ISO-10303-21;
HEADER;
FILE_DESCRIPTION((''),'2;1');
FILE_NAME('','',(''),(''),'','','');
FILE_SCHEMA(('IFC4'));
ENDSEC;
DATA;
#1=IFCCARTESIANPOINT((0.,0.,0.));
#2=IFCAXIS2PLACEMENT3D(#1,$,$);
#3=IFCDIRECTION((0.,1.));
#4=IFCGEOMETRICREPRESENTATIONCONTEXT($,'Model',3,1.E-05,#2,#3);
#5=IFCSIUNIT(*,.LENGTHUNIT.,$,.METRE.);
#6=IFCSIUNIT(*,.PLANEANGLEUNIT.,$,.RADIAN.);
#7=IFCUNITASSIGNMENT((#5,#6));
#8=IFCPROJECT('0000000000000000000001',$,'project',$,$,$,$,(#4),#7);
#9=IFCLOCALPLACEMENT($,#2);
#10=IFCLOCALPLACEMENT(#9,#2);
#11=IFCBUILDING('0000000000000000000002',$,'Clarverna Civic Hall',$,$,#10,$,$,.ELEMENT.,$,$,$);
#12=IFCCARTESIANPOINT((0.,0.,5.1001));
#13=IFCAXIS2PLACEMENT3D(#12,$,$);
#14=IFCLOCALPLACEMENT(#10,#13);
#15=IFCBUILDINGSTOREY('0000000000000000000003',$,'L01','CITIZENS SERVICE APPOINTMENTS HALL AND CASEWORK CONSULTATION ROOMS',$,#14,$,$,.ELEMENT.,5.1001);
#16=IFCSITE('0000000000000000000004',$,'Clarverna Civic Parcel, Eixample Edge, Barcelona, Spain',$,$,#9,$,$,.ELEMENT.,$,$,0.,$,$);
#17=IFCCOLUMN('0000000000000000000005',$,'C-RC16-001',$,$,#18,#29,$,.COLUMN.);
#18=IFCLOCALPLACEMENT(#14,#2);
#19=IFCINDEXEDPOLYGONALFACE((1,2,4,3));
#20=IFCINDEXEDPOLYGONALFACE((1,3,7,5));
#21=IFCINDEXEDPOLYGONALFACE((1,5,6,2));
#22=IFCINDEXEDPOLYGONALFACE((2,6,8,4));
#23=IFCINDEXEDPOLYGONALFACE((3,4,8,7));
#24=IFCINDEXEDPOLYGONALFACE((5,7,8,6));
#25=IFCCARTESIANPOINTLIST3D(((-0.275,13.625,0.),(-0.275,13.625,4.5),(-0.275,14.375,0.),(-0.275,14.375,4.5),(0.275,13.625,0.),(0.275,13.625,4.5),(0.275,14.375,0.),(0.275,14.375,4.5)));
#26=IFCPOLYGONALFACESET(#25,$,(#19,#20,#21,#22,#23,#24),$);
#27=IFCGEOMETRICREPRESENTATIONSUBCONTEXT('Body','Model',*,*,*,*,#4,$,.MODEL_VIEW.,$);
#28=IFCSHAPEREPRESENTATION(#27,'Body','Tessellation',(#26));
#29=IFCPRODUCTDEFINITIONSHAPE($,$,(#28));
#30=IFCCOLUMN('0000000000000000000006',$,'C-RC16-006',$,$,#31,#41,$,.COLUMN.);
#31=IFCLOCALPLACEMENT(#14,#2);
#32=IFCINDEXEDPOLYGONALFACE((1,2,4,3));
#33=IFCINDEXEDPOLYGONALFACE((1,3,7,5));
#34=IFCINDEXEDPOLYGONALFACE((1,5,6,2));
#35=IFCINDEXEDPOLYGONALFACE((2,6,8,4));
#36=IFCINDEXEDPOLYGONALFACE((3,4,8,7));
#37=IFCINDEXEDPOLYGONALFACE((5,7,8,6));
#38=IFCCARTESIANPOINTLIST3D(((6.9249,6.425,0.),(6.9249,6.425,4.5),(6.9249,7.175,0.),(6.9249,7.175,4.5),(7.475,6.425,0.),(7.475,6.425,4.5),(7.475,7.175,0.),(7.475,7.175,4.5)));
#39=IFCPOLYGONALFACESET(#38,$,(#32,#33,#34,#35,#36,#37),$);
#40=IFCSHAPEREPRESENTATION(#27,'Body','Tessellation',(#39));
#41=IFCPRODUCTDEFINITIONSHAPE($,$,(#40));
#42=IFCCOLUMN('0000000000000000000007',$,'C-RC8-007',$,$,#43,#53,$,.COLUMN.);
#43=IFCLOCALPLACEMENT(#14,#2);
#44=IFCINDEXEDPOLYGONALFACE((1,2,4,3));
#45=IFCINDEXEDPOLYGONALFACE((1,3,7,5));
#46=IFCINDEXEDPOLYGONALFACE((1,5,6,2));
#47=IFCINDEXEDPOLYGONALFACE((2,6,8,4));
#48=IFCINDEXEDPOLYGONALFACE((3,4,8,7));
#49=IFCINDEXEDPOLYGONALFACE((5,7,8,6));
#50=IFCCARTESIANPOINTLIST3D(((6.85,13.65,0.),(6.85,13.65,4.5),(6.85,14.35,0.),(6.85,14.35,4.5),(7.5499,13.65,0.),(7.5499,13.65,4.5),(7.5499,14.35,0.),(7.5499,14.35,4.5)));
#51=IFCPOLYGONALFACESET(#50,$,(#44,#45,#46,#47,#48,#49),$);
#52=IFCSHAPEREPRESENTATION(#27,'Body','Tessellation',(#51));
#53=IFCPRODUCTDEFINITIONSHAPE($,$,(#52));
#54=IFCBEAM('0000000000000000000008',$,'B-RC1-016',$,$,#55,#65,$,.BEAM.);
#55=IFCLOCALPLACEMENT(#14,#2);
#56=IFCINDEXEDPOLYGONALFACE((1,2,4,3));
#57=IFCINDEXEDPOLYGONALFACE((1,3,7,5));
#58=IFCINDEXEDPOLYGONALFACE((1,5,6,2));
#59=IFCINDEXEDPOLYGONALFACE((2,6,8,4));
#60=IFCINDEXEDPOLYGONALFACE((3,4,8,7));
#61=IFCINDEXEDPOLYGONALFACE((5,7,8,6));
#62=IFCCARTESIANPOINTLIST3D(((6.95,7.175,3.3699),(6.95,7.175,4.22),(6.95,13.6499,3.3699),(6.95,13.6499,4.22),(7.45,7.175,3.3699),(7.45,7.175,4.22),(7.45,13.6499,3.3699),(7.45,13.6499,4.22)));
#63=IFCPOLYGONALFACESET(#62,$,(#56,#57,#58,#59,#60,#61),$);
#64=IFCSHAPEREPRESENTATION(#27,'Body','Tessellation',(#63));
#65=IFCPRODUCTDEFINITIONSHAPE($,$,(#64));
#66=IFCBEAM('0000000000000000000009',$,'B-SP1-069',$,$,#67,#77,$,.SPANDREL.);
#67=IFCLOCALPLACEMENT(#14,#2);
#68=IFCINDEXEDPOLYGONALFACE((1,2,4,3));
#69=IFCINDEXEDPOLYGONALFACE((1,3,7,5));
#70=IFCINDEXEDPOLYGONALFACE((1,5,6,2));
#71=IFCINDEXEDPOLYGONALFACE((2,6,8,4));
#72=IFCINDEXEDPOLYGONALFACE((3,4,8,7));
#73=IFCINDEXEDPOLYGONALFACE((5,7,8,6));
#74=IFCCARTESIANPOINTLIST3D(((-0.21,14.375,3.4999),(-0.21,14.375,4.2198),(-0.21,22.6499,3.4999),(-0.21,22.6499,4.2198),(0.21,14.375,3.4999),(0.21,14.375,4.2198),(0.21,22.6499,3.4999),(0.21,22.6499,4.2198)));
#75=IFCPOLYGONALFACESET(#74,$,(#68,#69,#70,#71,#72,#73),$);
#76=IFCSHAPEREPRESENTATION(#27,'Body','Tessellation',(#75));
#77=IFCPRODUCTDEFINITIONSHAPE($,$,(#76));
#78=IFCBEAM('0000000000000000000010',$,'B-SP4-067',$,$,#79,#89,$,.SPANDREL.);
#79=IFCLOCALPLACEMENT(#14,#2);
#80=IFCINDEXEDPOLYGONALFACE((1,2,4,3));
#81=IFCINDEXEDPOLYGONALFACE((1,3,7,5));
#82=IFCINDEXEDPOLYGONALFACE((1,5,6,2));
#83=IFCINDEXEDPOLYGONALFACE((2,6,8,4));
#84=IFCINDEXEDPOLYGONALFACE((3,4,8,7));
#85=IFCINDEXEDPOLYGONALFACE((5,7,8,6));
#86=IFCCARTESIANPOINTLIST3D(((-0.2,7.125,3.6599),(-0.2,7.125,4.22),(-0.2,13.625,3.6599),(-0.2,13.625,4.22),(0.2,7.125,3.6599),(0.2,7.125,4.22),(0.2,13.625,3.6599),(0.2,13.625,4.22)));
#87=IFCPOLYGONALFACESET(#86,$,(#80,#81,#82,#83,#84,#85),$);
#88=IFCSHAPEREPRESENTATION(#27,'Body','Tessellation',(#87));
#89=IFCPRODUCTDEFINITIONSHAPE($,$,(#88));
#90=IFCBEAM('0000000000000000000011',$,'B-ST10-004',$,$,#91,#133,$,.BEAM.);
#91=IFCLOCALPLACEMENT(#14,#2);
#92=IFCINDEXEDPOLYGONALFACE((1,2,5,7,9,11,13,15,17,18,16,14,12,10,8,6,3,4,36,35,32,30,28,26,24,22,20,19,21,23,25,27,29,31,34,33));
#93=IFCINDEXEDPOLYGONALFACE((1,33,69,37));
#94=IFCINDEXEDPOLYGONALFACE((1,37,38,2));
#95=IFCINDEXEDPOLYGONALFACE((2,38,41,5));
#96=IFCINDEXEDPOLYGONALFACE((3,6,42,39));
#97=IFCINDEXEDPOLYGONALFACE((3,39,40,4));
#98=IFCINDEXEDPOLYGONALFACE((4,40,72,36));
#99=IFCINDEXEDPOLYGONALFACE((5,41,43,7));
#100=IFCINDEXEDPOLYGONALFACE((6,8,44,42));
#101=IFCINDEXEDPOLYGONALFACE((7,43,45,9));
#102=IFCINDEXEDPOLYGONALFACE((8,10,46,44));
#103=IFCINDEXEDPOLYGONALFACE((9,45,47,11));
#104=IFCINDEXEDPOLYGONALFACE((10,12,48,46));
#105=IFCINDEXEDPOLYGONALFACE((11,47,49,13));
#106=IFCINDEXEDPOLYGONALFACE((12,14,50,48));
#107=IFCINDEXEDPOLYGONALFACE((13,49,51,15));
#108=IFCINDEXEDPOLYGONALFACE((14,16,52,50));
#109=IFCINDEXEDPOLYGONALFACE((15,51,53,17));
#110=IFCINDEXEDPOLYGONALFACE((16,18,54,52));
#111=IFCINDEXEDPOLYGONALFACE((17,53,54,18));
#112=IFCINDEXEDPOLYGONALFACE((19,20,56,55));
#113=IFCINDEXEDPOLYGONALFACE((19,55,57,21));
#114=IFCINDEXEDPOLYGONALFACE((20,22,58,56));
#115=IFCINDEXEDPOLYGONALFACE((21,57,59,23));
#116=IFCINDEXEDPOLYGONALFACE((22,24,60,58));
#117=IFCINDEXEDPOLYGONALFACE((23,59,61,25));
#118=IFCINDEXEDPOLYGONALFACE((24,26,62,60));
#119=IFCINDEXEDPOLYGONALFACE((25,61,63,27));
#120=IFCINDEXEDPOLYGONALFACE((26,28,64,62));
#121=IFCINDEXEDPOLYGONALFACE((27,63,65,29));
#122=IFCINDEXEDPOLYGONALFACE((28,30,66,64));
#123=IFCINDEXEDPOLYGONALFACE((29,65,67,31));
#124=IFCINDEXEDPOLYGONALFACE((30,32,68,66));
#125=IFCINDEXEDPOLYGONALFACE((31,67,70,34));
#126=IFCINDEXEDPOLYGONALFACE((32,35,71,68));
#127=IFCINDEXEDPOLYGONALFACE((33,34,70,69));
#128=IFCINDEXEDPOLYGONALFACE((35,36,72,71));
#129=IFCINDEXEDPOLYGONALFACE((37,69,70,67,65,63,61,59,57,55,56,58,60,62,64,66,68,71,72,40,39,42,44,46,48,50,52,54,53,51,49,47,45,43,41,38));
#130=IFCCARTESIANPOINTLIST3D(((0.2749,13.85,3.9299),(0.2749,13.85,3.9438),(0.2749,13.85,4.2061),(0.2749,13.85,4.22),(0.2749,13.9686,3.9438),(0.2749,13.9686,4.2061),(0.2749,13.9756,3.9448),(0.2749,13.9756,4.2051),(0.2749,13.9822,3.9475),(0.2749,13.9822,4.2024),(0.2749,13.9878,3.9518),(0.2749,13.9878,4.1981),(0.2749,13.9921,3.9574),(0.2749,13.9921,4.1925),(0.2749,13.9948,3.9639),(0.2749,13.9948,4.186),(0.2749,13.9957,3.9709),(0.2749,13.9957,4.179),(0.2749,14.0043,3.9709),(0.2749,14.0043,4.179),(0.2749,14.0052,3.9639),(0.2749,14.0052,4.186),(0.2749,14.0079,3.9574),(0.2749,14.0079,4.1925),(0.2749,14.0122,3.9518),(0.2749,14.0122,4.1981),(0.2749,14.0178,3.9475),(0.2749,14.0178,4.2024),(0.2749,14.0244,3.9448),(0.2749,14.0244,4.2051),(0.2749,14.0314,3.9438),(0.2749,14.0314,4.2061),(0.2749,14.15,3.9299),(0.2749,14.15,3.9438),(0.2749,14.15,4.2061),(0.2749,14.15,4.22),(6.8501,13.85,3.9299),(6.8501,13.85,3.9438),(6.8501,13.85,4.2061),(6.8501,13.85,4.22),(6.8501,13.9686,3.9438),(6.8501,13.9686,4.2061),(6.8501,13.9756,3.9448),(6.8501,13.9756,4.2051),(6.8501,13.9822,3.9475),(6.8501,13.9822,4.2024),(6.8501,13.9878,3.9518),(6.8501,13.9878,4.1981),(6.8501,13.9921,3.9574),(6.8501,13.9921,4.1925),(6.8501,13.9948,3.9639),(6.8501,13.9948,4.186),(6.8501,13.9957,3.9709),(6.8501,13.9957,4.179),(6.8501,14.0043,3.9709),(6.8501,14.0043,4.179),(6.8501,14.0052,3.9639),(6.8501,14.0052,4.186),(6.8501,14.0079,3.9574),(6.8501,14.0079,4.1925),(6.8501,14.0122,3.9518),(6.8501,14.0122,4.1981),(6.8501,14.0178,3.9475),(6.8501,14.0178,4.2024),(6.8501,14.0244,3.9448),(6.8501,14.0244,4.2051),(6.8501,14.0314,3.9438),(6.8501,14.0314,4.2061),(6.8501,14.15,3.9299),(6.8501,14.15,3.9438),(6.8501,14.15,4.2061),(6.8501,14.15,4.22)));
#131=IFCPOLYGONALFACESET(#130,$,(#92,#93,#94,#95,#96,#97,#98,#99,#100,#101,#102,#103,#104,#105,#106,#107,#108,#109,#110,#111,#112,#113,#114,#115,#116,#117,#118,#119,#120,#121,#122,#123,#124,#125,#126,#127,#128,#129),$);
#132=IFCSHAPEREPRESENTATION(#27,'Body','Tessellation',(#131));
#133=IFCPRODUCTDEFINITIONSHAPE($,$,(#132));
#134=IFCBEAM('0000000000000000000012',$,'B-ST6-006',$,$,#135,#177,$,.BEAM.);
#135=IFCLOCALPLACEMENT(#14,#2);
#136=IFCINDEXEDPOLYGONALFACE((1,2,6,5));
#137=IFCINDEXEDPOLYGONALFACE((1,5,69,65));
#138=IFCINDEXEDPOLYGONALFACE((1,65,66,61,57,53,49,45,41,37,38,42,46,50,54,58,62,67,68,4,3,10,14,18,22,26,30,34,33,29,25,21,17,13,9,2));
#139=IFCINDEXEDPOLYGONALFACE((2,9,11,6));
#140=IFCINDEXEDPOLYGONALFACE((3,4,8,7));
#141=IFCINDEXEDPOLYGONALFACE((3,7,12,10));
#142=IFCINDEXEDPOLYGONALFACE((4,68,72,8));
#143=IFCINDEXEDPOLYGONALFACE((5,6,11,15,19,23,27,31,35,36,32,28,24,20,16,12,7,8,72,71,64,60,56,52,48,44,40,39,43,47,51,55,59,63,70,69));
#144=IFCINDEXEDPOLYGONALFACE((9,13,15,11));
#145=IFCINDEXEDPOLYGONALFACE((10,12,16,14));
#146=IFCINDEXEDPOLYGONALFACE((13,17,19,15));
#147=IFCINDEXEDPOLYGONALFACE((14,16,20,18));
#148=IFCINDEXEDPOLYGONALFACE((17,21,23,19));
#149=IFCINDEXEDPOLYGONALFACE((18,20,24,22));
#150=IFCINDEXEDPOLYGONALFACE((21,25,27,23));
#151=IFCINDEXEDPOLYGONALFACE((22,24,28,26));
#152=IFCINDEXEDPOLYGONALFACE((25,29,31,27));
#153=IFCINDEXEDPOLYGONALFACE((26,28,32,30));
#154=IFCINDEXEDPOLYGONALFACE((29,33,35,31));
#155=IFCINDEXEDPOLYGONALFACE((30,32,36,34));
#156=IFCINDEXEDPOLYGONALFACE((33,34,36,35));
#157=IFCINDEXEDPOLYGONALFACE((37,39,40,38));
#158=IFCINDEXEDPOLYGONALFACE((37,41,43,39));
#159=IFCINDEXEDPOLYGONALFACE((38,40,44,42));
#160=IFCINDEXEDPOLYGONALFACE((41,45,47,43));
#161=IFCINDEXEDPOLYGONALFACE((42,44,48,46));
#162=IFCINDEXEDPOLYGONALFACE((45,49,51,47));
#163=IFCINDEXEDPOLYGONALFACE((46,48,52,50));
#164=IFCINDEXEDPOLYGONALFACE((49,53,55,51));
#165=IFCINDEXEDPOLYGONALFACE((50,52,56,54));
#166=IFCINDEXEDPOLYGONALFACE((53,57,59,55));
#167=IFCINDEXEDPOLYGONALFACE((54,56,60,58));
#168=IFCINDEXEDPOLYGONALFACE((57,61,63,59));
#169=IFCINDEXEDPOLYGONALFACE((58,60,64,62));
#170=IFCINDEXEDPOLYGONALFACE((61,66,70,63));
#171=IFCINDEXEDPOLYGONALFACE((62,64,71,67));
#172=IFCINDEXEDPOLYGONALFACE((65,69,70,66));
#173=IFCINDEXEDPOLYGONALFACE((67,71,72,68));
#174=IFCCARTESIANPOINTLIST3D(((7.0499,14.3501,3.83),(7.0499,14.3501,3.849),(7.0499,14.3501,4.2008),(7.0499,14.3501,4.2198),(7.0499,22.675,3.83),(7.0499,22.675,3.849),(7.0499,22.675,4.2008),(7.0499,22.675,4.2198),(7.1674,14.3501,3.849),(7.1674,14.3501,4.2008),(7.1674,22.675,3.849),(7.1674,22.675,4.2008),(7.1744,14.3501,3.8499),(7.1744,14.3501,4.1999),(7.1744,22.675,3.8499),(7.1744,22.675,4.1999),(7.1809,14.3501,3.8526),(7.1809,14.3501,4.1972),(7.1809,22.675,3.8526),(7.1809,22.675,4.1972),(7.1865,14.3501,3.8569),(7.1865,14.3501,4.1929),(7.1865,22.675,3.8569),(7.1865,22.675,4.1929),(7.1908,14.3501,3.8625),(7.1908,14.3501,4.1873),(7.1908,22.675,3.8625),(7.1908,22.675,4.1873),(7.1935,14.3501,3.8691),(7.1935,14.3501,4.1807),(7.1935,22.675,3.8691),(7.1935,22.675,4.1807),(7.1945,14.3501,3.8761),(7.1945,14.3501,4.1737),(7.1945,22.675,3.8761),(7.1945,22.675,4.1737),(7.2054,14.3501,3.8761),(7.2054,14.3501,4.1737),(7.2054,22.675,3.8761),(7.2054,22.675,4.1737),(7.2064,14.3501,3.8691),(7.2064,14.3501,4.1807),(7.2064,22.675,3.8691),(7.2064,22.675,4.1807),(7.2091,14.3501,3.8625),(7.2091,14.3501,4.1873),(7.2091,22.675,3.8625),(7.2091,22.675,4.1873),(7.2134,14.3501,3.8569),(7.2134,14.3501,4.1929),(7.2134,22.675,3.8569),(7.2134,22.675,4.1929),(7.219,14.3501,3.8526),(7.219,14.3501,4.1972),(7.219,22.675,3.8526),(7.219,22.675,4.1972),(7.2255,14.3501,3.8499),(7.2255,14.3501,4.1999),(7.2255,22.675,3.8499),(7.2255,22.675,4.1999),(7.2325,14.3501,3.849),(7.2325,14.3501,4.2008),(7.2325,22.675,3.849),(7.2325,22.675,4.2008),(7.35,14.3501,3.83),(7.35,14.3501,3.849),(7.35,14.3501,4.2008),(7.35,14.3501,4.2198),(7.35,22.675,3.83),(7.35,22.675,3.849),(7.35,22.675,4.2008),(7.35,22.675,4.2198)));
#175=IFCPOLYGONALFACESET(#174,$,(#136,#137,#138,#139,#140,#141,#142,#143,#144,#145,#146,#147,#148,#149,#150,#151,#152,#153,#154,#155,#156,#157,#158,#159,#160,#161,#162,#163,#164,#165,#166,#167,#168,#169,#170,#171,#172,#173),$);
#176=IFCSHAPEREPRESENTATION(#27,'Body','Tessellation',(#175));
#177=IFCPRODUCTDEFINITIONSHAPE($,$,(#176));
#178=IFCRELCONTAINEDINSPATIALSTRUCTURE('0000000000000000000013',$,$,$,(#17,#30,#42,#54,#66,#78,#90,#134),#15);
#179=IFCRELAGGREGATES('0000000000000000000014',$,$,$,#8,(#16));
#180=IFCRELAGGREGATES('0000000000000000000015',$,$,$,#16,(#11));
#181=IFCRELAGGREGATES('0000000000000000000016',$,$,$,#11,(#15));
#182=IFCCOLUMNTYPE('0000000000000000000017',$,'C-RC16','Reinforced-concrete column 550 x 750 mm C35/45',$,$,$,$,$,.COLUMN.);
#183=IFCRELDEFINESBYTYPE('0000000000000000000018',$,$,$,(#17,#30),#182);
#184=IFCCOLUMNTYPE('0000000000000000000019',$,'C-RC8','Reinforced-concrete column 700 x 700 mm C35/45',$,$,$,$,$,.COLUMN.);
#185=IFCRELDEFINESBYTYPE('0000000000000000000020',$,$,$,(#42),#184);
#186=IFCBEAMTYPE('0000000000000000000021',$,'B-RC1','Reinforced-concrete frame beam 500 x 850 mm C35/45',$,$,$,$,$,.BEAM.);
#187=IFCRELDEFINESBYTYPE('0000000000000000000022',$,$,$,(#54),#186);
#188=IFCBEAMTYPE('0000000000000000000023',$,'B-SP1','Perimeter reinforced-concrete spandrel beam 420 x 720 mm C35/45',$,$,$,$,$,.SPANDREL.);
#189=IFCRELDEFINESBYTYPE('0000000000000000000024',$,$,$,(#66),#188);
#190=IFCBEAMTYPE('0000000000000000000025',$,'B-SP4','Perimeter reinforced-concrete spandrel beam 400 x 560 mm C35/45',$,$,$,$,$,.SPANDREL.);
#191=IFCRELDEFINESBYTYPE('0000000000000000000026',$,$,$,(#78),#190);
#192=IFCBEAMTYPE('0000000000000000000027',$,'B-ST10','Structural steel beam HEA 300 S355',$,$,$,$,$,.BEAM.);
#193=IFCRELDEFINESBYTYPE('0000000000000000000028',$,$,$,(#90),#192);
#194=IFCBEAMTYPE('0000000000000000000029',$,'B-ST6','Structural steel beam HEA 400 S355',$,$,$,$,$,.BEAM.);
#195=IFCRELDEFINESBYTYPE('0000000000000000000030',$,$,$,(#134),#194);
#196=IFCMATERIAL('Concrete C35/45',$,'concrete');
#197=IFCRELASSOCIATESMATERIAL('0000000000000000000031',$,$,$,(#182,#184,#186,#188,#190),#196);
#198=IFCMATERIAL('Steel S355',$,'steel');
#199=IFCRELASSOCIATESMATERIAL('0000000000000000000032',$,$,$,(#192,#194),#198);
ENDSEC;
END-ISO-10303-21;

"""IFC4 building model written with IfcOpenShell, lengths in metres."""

from ifc_helpers import new_model, si_unit, direction, frame, origin, origin_2d, place, context, subcontext, project, spatial, rectangle, i_section, extrude, material, material_profile, profile_set, type_object, element, save


model = new_model("IFC4")

# Units and contexts
model_context = context("Model", 3, precision=1e-05, world=origin(), true_north=direction((0.0, 1.0)))
body_context = subcontext(model_context, "Body", "Model", "MODEL_VIEW")
ifc_project = project(units=[si_unit("LENGTHUNIT", "METRE"), si_unit("PLANEANGLEUNIT", "RADIAN")], contexts=[model_context])

# Site, building, storey
site_placement = place(None, origin())
site = spatial("IfcSite", under=ifc_project, at=site_placement, Name="Clarverna Civic Parcel, Eixample Edge, Barcelona, Spain", CompositionType="ELEMENT", RefElevation=0.0)
building_placement = place(site_placement, origin())
building = spatial("IfcBuilding", under=site, at=building_placement, Name="Clarverna Civic Hall", CompositionType="ELEMENT")
storey_placement = place(building_placement, frame((0.0, 0.0, 5.1001)))
storey = spatial("IfcBuildingStorey", under=building, at=storey_placement, Name="L01", Description="CITIZENS SERVICE APPOINTMENTS HALL AND CASEWORK CONSULTATION ROOMS", CompositionType="ELEMENT", Elevation=5.1001)

# Columns
ifc_material_1 = material(Name="Concrete C35/45", Category="concrete")
ifc_material_profile_1 = material_profile(ifc_material_1, rectangle(XDim=0.55, YDim=0.75, at=origin_2d()), Name="RC 550x750")
ifc_profile_set_1 = profile_set([ifc_material_profile_1], Name="Concrete C35/45")
column_type_1 = type_object("IfcColumnType", Name="C-RC16", Description="Reinforced-concrete column 550 x 750 mm C35/45", PredefinedType="COLUMN", material=ifc_profile_set_1)
for number, where, z_axis, x_axis, name in (
    (1, (0.0, 14.0, 0.0), (0.0, 0.0, 1.0), (1.0, 0.0, 0.0), "C-RC16-001"),
    (2, (7.2, 6.8, 0.0), (0.0, 0.0, 1.0), (1.0, 0.0, 0.0), "C-RC16-006"),
):
    element("IfcColumn", number, at=place(storey_placement, frame(where, z_axis=z_axis, x_axis=x_axis)), inside=storey, type_object=column_type_1, Name=name, PredefinedType="COLUMN", context=body_context, shape_type="SweptSolid", body=[
        extrude(rectangle(XDim=0.55, YDim=0.75, at=origin_2d()), origin(), (0.0, 0.0, 1.0), 4.5),
    ])
ifc_material_profile_2 = material_profile(ifc_material_1, rectangle(XDim=0.7, YDim=0.7, at=origin_2d()), Name="RC 700x700")
ifc_profile_set_2 = profile_set([ifc_material_profile_2], Name="Concrete C35/45")
column_type_2 = type_object("IfcColumnType", Name="C-RC8", Description="Reinforced-concrete column 700 x 700 mm C35/45", PredefinedType="COLUMN", material=ifc_profile_set_2)
column_placement = place(storey_placement, frame((7.2, 14.0, 0.0), z_axis=(0.0, 0.0, 1.0), x_axis=(1.0, 0.0, 0.0)))
element("IfcColumn", 3, at=column_placement, inside=storey, type_object=column_type_2, Name="C-RC8-007", PredefinedType="COLUMN", context=body_context, shape_type="SweptSolid", body=[
    extrude(rectangle(XDim=0.7, YDim=0.7, at=origin_2d()), origin(), (0.0, 0.0, 1.0), 4.5),
])

# Beams
ifc_material_profile_3 = material_profile(ifc_material_1, rectangle(XDim=0.5, YDim=0.8501, at=origin_2d()), Name="RC 500x850")
ifc_profile_set_3 = profile_set([ifc_material_profile_3], Name="Concrete C35/45")
beam_type_1 = type_object("IfcBeamType", Name="B-RC1", Description="Reinforced-concrete frame beam 500 x 850 mm C35/45", PredefinedType="BEAM", material=ifc_profile_set_3)
beam_1_placement = place(storey_placement, frame((7.2, 7.175, 3.7949), z_axis=(0.0, 1.0, 0.0), x_axis=(-1.0, 0.0, 0.0)))
element("IfcBeam", 4, at=beam_1_placement, inside=storey, type_object=beam_type_1, Name="B-RC1-016", PredefinedType="BEAM", context=body_context, shape_type="SweptSolid", body=[
    extrude(rectangle(XDim=0.5, YDim=0.8501, at=origin_2d()), origin(), (0.0, 0.0, 1.0), 6.4749),
])
ifc_material_profile_4 = material_profile(ifc_material_1, rectangle(XDim=0.4199, YDim=0.72, at=origin_2d()), Name="RC 420x720")
ifc_profile_set_4 = profile_set([ifc_material_profile_4], Name="Concrete C35/45")
beam_type_2 = type_object("IfcBeamType", Name="B-SP1", Description="Perimeter reinforced-concrete spandrel beam 420 x 720 mm C35/45", PredefinedType="SPANDREL", material=ifc_profile_set_4)
beam_2_placement = place(storey_placement, frame((0.0, 14.375, 3.8599), z_axis=(0.0, 1.0, 0.0), x_axis=(-1.0, 0.0, 0.0)))
element("IfcBeam", 5, at=beam_2_placement, inside=storey, type_object=beam_type_2, Name="B-SP1-069", PredefinedType="SPANDREL", context=body_context, shape_type="SweptSolid", body=[
    extrude(rectangle(XDim=0.4199, YDim=0.72, at=origin_2d()), origin(), (0.0, 0.0, 1.0), 8.2749),
])
ifc_material_profile_5 = material_profile(ifc_material_1, rectangle(XDim=0.3999, YDim=0.5601, at=origin_2d()), Name="RC 400x560")
ifc_profile_set_5 = profile_set([ifc_material_profile_5], Name="Concrete C35/45")
beam_type_3 = type_object("IfcBeamType", Name="B-SP4", Description="Perimeter reinforced-concrete spandrel beam 400 x 560 mm C35/45", PredefinedType="SPANDREL", material=ifc_profile_set_5)
beam_3_placement = place(storey_placement, frame((0.0, 7.125, 3.9399), z_axis=(0.0, 1.0, 0.0), x_axis=(-1.0, 0.0, 0.0)))
element("IfcBeam", 6, at=beam_3_placement, inside=storey, type_object=beam_type_3, Name="B-SP4-067", PredefinedType="SPANDREL", context=body_context, shape_type="SweptSolid", body=[
    extrude(rectangle(XDim=0.3999, YDim=0.5601, at=origin_2d()), origin(), (0.0, 0.0, 1.0), 6.5),
])
ifc_material_2 = material(Name="Steel S355", Category="steel")
ifc_material_profile_6 = material_profile(ifc_material_2, i_section(OverallWidth=0.3, OverallDepth=0.29, WebThickness=0.0085, FlangeThickness=0.0139, FilletRadius=0.0271, at=origin_2d()), Name="HEA 300")
ifc_profile_set_6 = profile_set([ifc_material_profile_6], Name="Steel S355")
beam_type_4 = type_object("IfcBeamType", Name="B-ST10", Description="Structural steel beam HEA 300 S355", PredefinedType="BEAM", material=ifc_profile_set_6)
beam_4_placement = place(storey_placement, frame((0.2749, 14.0, 4.075), z_axis=(1.0, 0.0, 0.0), x_axis=(0.0, 1.0, 0.0)))
element("IfcBeam", 7, at=beam_4_placement, inside=storey, type_object=beam_type_4, Name="B-ST10-004", PredefinedType="BEAM", context=body_context, shape_type="SweptSolid", body=[
    extrude(i_section(OverallWidth=0.3, OverallDepth=0.29, WebThickness=0.0085, FlangeThickness=0.0139, FilletRadius=0.0271, at=origin_2d()), origin(), (0.0, 0.0, 1.0), 6.5752),
])
ifc_material_profile_7 = material_profile(ifc_material_2, i_section(OverallWidth=0.3, OverallDepth=0.3899, WebThickness=0.011, FlangeThickness=0.019, FilletRadius=0.0271, at=origin_2d()), Name="HEA 400")
ifc_profile_set_7 = profile_set([ifc_material_profile_7], Name="Steel S355")
beam_type_5 = type_object("IfcBeamType", Name="B-ST6", Description="Structural steel beam HEA 400 S355", PredefinedType="BEAM", material=ifc_profile_set_7)
beam_5_placement = place(storey_placement, frame((7.2, 14.3501, 4.0249), z_axis=(0.0, 1.0, 0.0), x_axis=(-1.0, 0.0, 0.0)))
element("IfcBeam", 8, at=beam_5_placement, inside=storey, type_object=beam_type_5, Name="B-ST6-006", PredefinedType="BEAM", context=body_context, shape_type="SweptSolid", body=[
    extrude(i_section(OverallWidth=0.3, OverallDepth=0.3899, WebThickness=0.011, FlangeThickness=0.019, FilletRadius=0.0271, at=origin_2d()), origin(), (0.0, 0.0, 1.0), 8.325),
])

save(model, "model.ifc")
